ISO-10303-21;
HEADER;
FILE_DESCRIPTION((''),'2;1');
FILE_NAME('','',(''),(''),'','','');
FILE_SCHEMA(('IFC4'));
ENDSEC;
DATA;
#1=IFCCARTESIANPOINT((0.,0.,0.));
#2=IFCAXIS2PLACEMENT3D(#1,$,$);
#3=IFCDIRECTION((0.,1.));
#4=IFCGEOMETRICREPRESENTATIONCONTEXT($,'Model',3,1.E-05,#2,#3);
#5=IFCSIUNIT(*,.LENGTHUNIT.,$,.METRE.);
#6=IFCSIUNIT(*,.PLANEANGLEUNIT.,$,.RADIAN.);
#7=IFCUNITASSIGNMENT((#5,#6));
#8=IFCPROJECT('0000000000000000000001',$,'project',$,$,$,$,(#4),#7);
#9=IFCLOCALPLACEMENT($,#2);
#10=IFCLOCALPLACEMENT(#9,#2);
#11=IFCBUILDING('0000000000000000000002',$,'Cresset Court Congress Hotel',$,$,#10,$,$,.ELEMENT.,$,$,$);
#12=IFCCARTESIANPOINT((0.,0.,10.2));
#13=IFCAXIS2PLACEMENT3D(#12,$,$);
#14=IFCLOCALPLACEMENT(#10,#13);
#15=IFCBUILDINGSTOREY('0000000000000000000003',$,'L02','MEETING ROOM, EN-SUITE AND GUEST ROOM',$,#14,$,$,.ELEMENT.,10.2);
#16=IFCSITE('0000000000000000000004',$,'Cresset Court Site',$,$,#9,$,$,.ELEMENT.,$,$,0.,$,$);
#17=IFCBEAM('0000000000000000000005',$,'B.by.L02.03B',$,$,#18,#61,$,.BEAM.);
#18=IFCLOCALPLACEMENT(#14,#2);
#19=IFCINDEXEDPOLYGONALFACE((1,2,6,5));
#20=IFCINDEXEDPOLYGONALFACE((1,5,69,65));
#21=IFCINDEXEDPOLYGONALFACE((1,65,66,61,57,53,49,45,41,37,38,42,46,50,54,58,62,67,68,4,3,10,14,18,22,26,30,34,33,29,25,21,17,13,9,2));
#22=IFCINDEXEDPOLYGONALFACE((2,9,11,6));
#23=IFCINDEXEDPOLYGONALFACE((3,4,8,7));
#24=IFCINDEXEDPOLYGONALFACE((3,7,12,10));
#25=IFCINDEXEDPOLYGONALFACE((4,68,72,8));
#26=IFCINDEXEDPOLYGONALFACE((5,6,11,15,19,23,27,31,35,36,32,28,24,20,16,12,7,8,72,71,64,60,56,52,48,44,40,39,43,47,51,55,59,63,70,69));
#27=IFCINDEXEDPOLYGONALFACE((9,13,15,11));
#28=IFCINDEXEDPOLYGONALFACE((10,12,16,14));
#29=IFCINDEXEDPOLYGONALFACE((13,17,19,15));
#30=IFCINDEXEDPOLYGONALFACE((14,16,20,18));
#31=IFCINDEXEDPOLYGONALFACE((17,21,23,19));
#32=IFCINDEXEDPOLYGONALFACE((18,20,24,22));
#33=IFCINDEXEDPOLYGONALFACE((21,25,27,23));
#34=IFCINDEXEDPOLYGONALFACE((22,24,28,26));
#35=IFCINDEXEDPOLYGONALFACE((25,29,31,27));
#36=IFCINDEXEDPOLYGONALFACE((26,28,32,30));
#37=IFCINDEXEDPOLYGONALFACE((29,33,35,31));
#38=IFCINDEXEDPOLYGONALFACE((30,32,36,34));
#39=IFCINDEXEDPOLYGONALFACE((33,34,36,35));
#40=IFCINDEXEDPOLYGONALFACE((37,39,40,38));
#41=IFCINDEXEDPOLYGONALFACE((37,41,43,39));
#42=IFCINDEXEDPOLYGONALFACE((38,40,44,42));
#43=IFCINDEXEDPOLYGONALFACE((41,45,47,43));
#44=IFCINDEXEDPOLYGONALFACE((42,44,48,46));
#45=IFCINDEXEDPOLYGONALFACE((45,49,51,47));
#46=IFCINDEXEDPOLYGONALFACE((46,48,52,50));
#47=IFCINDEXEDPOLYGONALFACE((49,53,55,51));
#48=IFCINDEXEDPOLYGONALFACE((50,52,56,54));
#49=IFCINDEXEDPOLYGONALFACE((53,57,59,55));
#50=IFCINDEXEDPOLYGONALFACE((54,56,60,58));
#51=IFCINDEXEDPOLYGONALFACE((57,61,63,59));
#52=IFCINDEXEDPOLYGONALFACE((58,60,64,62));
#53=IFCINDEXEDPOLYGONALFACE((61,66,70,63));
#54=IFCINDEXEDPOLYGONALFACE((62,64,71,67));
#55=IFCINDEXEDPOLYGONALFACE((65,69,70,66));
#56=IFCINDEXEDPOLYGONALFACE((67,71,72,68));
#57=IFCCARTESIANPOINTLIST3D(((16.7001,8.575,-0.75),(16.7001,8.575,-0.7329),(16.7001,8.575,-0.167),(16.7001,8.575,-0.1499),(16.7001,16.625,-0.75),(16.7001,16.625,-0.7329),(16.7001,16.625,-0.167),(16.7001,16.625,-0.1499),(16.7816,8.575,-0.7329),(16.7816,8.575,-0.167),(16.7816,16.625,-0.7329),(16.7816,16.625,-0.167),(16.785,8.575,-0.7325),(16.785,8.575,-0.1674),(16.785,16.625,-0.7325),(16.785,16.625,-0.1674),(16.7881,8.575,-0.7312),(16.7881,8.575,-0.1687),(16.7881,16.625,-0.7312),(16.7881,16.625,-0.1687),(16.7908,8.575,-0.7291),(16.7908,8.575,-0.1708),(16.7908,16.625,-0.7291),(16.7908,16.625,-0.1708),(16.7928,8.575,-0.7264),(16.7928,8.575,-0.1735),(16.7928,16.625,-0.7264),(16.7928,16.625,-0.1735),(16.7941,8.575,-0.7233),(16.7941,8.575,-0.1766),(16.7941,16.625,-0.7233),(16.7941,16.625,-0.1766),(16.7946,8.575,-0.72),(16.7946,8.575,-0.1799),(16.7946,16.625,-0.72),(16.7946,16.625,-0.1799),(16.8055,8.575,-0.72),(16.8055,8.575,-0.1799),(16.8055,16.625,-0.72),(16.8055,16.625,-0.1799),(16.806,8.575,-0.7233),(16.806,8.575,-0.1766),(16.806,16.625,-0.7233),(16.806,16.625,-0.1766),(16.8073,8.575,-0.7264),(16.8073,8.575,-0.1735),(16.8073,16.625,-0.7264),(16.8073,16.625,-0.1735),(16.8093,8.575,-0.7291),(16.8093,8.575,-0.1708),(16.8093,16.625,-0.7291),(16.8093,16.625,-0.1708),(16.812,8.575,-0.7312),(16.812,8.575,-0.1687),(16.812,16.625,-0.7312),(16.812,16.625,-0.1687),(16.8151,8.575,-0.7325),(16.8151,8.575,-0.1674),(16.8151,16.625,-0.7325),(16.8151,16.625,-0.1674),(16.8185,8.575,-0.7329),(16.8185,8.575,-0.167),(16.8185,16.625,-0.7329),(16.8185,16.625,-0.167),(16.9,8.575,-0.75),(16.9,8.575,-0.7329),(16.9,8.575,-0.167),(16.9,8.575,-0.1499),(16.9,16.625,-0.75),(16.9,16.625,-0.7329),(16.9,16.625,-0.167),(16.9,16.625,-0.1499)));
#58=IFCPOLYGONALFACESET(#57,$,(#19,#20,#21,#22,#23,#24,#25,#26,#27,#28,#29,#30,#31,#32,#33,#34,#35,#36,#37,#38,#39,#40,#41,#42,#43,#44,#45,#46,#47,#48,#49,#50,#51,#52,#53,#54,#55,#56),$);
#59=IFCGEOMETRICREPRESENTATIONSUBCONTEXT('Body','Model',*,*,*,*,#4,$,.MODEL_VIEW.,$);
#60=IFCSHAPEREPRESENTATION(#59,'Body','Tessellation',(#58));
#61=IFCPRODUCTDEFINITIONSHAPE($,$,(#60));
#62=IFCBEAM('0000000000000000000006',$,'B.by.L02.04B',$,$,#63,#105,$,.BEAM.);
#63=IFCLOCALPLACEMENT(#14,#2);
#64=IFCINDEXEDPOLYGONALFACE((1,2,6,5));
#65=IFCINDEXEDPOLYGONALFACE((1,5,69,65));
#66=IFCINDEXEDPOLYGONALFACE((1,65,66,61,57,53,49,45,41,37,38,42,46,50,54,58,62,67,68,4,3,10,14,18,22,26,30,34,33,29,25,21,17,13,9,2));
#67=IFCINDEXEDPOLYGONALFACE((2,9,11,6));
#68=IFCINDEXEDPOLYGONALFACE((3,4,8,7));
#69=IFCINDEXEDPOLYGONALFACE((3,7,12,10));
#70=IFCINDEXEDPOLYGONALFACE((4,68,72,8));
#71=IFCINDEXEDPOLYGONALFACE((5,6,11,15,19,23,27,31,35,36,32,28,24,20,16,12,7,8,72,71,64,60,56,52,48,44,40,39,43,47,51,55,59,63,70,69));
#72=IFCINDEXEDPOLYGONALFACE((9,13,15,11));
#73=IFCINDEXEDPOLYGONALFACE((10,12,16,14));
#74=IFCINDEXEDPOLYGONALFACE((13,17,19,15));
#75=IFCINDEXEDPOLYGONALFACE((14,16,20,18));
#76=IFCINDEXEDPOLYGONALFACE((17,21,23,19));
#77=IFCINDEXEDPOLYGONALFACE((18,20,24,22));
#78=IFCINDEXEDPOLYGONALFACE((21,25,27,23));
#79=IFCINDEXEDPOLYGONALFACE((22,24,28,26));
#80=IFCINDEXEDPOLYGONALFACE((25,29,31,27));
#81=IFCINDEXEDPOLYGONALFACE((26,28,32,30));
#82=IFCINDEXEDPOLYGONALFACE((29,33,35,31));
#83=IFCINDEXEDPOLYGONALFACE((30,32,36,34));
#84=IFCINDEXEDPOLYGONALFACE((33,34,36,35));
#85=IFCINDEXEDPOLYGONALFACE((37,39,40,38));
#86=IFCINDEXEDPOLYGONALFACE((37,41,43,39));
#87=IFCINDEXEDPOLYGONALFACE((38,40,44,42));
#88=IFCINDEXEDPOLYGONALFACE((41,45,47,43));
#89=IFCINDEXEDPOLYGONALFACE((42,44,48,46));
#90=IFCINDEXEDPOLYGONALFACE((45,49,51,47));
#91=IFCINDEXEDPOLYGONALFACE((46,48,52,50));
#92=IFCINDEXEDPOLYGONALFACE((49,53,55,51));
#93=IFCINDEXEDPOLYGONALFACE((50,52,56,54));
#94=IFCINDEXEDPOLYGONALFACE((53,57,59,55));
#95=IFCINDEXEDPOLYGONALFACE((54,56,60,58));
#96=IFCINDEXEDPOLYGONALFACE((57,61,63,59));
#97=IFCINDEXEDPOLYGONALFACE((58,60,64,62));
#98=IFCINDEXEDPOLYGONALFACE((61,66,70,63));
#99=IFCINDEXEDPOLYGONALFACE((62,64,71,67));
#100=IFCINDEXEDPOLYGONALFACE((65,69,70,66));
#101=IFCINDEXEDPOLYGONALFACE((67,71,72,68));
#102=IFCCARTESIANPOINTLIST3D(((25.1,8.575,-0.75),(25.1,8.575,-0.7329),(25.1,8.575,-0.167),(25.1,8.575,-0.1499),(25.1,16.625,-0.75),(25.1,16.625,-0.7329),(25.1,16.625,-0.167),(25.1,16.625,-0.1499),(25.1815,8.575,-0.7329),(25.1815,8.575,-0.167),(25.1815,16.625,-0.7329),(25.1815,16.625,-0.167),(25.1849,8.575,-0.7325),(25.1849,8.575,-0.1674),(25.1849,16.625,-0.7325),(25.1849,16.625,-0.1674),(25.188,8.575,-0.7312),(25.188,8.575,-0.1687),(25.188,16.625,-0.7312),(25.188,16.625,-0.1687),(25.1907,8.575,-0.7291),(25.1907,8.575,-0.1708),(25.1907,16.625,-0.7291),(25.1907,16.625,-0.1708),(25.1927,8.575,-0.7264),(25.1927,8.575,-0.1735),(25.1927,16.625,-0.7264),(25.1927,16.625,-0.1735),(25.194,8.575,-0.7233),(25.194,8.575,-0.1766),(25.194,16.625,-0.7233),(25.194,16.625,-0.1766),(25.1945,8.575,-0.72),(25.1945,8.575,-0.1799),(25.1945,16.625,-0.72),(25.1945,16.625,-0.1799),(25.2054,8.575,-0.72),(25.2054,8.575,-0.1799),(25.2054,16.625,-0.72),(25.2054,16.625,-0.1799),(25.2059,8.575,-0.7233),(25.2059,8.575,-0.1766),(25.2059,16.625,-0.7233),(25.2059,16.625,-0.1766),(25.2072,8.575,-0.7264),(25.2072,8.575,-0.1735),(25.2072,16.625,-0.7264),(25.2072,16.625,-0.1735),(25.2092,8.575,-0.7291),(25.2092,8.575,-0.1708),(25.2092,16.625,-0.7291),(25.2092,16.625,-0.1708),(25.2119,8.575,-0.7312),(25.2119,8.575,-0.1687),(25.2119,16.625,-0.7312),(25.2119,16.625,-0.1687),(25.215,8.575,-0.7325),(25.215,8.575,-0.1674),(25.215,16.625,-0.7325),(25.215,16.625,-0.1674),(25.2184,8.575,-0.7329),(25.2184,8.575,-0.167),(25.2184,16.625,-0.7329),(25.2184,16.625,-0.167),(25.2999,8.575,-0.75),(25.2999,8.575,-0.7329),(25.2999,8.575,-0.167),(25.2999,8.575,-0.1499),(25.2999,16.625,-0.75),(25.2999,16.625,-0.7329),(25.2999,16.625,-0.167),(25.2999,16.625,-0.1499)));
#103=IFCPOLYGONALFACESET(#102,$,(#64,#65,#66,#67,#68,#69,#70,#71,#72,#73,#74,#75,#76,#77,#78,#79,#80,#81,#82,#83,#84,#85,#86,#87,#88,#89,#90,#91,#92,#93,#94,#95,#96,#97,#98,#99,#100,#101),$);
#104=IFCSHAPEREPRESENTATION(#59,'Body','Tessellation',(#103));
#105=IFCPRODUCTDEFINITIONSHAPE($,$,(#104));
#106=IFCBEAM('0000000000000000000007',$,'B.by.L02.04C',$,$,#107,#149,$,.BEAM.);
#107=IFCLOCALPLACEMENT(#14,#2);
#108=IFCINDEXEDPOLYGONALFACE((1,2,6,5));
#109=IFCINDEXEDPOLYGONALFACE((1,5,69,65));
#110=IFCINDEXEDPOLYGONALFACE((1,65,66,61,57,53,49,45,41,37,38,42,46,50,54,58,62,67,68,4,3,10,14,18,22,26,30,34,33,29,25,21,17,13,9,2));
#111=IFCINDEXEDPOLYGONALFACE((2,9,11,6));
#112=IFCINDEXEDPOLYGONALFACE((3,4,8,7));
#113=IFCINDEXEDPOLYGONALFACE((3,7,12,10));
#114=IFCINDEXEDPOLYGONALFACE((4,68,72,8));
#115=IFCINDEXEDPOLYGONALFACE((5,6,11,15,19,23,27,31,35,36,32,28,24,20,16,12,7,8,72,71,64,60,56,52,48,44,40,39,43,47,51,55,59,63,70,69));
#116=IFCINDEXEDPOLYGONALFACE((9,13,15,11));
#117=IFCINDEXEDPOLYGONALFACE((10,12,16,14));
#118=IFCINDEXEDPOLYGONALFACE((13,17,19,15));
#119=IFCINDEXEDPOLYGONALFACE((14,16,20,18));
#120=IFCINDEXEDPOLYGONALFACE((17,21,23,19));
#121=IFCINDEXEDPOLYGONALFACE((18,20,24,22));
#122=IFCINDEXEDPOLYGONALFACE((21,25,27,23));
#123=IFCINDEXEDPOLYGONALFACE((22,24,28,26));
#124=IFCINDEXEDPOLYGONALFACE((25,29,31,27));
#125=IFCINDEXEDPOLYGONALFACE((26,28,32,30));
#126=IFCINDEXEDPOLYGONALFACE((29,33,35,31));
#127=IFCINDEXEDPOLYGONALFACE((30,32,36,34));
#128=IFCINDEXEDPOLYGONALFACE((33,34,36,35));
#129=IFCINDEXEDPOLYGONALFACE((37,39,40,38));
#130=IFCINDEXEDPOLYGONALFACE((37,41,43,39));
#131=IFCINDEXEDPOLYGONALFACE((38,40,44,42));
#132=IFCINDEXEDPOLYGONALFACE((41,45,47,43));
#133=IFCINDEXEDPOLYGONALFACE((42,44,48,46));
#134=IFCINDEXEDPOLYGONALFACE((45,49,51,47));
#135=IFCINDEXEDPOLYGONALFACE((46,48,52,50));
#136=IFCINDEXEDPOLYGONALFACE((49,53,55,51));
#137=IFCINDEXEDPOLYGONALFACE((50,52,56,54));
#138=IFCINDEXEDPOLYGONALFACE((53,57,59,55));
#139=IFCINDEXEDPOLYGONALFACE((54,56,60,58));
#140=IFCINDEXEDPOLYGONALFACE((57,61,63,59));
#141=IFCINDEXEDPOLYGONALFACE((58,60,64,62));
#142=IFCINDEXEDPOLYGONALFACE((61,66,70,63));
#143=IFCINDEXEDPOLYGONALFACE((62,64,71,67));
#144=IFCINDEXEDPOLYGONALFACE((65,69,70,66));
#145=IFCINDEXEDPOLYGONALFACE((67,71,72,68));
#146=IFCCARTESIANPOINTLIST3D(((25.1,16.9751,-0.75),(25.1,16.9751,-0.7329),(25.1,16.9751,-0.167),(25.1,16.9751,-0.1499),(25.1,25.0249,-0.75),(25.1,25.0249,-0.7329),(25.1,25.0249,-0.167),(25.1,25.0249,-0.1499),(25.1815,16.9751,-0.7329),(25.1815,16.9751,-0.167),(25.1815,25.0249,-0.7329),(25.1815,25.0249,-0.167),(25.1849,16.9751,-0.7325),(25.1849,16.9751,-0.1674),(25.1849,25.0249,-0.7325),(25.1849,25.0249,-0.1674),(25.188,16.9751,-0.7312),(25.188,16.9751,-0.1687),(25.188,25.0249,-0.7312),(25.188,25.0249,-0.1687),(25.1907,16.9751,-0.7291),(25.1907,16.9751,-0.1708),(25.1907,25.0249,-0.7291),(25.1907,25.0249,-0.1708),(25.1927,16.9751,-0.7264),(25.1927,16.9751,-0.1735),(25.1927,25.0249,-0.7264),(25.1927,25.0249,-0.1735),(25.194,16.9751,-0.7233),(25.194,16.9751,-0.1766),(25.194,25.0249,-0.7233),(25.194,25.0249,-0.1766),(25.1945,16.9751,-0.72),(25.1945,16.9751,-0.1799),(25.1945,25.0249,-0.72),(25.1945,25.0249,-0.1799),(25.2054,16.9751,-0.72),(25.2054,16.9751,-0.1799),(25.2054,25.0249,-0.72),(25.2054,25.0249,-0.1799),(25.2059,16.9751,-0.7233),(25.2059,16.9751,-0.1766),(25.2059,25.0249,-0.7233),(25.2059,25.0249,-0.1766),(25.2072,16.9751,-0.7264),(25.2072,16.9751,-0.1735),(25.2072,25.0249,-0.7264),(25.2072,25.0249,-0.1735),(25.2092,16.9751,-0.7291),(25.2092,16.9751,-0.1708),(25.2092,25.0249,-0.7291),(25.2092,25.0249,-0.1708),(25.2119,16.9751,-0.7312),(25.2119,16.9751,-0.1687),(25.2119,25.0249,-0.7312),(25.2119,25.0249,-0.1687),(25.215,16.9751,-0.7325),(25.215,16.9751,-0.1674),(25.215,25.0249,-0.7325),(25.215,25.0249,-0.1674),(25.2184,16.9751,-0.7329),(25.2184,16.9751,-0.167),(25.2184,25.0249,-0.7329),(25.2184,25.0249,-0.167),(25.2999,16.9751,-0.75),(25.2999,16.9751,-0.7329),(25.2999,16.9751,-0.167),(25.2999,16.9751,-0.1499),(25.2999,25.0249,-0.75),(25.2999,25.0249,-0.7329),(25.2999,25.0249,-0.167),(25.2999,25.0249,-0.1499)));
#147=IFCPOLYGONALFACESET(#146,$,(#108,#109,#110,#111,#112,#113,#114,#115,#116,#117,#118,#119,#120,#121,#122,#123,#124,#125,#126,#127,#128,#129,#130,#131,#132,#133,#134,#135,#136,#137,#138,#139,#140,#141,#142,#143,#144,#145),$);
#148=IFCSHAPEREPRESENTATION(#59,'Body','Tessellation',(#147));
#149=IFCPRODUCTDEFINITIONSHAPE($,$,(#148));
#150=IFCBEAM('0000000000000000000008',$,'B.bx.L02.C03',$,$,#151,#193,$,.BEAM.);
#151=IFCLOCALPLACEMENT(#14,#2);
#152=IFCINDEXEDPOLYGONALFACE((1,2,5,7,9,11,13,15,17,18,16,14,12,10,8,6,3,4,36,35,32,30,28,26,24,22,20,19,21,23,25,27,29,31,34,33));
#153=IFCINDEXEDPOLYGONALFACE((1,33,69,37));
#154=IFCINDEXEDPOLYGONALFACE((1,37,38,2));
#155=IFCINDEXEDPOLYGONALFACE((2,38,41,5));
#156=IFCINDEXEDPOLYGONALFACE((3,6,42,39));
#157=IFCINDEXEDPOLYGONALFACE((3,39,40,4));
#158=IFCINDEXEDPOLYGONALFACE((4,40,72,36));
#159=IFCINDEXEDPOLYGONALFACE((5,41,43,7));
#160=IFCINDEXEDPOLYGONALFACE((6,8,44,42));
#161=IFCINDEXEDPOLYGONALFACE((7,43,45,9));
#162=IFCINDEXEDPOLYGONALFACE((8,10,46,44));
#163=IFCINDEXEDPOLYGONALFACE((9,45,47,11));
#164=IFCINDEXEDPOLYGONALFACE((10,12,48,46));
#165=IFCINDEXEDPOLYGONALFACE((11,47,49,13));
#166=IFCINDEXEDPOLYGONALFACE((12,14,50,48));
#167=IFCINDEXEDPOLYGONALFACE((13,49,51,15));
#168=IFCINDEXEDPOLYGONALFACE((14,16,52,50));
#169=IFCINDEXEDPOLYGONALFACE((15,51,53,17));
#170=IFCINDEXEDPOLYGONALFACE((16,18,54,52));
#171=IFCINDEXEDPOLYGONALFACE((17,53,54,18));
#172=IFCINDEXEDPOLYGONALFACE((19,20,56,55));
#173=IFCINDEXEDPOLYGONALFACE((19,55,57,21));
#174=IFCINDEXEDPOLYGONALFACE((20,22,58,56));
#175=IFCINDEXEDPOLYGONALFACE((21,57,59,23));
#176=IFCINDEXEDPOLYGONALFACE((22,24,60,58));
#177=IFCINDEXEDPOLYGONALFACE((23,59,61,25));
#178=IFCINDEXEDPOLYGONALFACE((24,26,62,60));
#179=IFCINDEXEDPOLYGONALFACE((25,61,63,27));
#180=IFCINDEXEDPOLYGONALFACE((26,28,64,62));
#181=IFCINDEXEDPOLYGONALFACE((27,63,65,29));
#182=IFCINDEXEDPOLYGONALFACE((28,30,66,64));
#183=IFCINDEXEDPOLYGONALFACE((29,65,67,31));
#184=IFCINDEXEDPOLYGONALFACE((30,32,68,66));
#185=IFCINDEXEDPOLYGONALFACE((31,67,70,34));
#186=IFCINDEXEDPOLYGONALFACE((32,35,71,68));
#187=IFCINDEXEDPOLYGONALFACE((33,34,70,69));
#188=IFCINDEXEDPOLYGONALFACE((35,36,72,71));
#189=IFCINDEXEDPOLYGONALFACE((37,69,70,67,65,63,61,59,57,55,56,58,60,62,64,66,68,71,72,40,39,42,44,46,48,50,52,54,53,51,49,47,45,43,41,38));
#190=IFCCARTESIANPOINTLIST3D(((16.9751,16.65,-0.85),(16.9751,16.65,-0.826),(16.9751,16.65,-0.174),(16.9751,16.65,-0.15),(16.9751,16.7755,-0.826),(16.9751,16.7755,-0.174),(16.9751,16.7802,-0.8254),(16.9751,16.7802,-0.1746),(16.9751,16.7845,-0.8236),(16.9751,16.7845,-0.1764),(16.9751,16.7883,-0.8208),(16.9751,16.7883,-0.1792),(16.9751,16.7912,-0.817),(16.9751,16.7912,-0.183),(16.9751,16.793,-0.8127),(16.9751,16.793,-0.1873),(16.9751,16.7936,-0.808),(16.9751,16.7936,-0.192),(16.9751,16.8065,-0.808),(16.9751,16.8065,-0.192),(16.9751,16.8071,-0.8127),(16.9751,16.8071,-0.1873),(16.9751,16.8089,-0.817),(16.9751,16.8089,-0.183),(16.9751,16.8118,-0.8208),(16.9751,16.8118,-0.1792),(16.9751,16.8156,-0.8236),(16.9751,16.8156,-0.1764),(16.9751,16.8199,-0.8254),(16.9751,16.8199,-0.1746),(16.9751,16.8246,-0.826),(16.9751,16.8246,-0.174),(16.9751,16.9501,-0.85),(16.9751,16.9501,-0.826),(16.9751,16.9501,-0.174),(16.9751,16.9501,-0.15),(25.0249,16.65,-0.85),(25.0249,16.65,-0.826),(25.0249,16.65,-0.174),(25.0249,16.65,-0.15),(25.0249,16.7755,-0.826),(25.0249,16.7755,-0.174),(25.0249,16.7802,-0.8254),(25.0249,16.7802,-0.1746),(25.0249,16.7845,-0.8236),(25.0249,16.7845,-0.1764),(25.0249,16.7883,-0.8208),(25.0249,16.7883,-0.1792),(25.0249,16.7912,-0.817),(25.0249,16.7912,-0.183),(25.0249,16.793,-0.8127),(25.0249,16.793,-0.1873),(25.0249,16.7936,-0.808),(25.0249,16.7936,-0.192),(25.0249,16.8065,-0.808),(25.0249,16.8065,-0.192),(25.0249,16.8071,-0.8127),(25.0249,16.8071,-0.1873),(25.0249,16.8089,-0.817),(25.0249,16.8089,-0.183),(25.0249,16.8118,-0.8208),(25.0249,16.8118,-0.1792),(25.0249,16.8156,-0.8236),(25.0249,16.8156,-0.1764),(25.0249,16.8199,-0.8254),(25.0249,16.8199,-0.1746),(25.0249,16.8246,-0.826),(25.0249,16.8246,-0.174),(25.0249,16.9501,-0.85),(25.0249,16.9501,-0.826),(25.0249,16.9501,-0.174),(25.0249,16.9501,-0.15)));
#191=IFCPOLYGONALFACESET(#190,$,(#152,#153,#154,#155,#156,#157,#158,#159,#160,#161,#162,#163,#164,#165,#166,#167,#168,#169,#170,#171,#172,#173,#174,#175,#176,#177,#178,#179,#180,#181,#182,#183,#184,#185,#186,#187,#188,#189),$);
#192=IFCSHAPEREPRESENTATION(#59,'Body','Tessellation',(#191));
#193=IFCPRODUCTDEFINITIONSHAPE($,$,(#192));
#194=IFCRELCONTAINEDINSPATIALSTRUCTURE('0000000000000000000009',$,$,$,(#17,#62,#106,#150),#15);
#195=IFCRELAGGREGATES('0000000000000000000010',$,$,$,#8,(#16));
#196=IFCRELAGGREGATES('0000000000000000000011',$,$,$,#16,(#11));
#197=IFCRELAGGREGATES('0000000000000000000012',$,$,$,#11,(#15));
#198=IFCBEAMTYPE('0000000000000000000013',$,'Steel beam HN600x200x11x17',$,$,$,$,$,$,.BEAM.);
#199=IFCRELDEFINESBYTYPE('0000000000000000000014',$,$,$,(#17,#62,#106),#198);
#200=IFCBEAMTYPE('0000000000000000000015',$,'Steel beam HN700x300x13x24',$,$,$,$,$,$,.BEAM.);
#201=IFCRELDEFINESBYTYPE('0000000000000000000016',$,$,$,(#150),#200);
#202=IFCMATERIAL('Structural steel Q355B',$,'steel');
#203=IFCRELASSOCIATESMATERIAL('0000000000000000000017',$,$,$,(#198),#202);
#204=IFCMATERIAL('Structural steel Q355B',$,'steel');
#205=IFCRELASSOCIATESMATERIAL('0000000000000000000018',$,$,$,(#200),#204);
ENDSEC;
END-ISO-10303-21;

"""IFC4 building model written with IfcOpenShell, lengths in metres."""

from ifc_helpers import new_model, si_unit, direction, frame, origin, origin_2d, place, context, subcontext, project, spatial, i_section, extrude, material, material_profile, profile_set, type_object, element, save


model = new_model("IFC4")

# Units and contexts
model_context = context("Model", 3, precision=1e-05, world=origin(), true_north=direction((0.0, 1.0)))
body_context = subcontext(model_context, "Body", "Model", "MODEL_VIEW")
ifc_project = project(units=[si_unit("LENGTHUNIT", "METRE"), si_unit("PLANEANGLEUNIT", "RADIAN")], contexts=[model_context])

# Site, building, storey
site_placement = place(None, origin())
site = spatial("IfcSite", under=ifc_project, at=site_placement, Name="Cresset Court Site", CompositionType="ELEMENT", RefElevation=0.0)
building_placement = place(site_placement, origin())
building = spatial("IfcBuilding", under=site, at=building_placement, Name="Cresset Court Congress Hotel", CompositionType="ELEMENT")
storey_placement = place(building_placement, frame((0.0, 0.0, 10.2)))
storey = spatial("IfcBuildingStorey", under=building, at=storey_placement, Name="L02", Description="MEETING ROOM, EN-SUITE AND GUEST ROOM", CompositionType="ELEMENT", Elevation=10.2)

# Beams
ifc_material_1 = material(Name="Structural steel Q355B", Category="steel")
ifc_material_profile_1 = material_profile(ifc_material_1, i_section(OverallWidth=0.2, OverallDepth=0.6001, WebThickness=0.011, FlangeThickness=0.0171, FilletRadius=0.0129, at=origin_2d()), Name="HN600x200x11x17")
ifc_profile_set_1 = profile_set([ifc_material_profile_1], Name="Structural steel Q355B")
beam_type_1 = type_object("IfcBeamType", Name="Steel beam HN600x200x11x17", PredefinedType="BEAM", material=ifc_profile_set_1)
for number, where, z_axis, x_axis, name in (
    (1, (16.8, 8.575, -0.45), (0.0, 1.0, 0.0), (-1.0, 0.0, 0.0), "B.by.L02.03B"),
    (2, (25.2, 8.575, -0.45), (0.0, 1.0, 0.0), (-1.0, 0.0, 0.0), "B.by.L02.04B"),
):
    element("IfcBeam", number, at=place(storey_placement, frame(where, z_axis=z_axis, x_axis=x_axis)), inside=storey, type_object=beam_type_1, Name=name, PredefinedType="BEAM", context=body_context, shape_type="SweptSolid", body=[
        extrude(i_section(OverallWidth=0.2, OverallDepth=0.6001, WebThickness=0.011, FlangeThickness=0.0171, FilletRadius=0.0129, at=origin_2d()), origin(), (0.0, 0.0, 1.0), 8.05),
    ])
beam_1_placement = place(storey_placement, frame((25.2, 16.9751, -0.45), z_axis=(0.0, 1.0, 0.0), x_axis=(-1.0, 0.0, 0.0)))
element("IfcBeam", 3, at=beam_1_placement, inside=storey, type_object=beam_type_1, Name="B.by.L02.04C", PredefinedType="BEAM", context=body_context, shape_type="SweptSolid", body=[
    extrude(i_section(OverallWidth=0.2, OverallDepth=0.6001, WebThickness=0.011, FlangeThickness=0.0171, FilletRadius=0.0129, at=origin_2d()), origin(), (0.0, 0.0, 1.0), 8.0498),
])
ifc_material_2 = material(Name="Structural steel Q355B", Category="steel")
ifc_material_profile_2 = material_profile(ifc_material_2, i_section(OverallWidth=0.3, OverallDepth=0.7, WebThickness=0.0129, FlangeThickness=0.0239, FilletRadius=0.0181, at=origin_2d()), Name="HN700x300x13x24")
ifc_profile_set_2 = profile_set([ifc_material_profile_2], Name="Structural steel Q355B")
beam_type_2 = type_object("IfcBeamType", Name="Steel beam HN700x300x13x24", PredefinedType="BEAM", material=ifc_profile_set_2)
beam_2_placement = place(storey_placement, frame((16.9751, 16.8, -0.5), z_axis=(1.0, 0.0, 0.0), x_axis=(0.0, 1.0, 0.0)))
element("IfcBeam", 4, at=beam_2_placement, inside=storey, type_object=beam_type_2, Name="B.bx.L02.C03", PredefinedType="BEAM", context=body_context, shape_type="SweptSolid", body=[
    extrude(i_section(OverallWidth=0.3, OverallDepth=0.7, WebThickness=0.0129, FlangeThickness=0.0239, FilletRadius=0.0181, at=origin_2d()), origin(), (0.0, 0.0, 1.0), 8.0498),
])

save(model, "model.ifc")
